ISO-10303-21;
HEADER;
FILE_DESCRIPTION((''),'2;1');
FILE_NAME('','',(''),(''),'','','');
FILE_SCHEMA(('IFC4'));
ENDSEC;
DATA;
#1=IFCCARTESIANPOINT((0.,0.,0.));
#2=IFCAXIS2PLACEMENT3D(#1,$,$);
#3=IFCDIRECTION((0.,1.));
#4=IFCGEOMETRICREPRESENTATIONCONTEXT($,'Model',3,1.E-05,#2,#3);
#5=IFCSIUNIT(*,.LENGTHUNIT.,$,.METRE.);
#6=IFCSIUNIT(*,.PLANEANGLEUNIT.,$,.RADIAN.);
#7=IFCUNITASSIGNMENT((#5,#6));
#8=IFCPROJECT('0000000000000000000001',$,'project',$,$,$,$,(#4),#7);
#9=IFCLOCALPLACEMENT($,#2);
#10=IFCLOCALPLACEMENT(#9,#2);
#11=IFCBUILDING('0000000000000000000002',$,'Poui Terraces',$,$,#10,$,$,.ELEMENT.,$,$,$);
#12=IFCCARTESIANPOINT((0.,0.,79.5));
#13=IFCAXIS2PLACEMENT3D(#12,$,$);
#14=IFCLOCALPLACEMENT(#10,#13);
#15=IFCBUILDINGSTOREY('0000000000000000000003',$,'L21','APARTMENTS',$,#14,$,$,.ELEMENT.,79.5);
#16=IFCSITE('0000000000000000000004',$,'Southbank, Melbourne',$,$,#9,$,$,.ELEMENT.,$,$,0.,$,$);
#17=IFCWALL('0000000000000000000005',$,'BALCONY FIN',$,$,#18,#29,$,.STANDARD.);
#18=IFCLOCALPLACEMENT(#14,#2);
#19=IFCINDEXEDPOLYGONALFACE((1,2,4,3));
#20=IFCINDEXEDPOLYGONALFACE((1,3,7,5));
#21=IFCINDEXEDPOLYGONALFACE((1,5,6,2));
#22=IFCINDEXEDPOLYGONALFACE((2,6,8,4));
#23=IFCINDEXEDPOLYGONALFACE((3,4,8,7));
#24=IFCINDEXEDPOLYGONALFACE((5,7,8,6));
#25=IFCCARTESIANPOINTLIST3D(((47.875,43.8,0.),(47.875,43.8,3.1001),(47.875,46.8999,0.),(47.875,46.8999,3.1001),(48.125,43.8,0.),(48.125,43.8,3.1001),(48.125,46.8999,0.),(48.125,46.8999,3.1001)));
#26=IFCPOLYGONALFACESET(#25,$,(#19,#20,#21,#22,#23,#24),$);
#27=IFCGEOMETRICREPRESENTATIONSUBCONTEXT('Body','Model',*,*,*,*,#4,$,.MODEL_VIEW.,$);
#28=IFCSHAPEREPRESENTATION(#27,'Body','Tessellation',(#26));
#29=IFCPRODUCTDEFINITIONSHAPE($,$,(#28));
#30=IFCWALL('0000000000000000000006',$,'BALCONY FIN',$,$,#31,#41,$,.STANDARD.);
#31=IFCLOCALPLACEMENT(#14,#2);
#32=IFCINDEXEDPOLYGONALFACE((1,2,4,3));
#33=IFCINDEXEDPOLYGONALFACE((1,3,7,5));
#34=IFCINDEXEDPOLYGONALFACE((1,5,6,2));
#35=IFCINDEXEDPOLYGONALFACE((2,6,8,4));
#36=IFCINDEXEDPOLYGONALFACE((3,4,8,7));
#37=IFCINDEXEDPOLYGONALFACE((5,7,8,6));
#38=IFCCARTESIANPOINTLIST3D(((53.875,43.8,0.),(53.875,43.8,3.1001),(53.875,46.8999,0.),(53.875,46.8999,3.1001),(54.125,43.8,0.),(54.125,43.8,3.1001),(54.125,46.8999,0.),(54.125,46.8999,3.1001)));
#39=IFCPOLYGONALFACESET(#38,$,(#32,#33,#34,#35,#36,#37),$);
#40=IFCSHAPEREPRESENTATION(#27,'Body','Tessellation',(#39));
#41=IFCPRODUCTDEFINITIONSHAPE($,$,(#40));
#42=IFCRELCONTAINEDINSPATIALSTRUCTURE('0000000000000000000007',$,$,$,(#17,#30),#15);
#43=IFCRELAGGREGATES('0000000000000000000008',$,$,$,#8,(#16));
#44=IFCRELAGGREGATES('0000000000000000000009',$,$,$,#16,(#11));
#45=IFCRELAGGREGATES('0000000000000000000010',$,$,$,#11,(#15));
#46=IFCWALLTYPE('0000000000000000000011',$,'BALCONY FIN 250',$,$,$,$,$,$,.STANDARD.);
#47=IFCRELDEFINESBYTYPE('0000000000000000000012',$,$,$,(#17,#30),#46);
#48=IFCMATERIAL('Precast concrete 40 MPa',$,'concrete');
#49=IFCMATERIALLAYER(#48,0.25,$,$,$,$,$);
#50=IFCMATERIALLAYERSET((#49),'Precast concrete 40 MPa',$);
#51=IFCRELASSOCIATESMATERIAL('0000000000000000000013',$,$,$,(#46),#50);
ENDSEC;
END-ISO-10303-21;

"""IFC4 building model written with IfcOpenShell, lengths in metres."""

from ifc_helpers import new_model, si_unit, direction, frame, origin, place, context, subcontext, project, spatial, polyline, outline, extrude, source, transform, mapped, material, layer, layer_set, type_object, element, save


model = new_model("IFC4")

# Units and contexts
model_context = context("Model", 3, precision=1e-05, world=origin(), true_north=direction((0.0, 1.0)))
body_context = subcontext(model_context, "Body", "Model", "MODEL_VIEW")
ifc_project = project(units=[si_unit("LENGTHUNIT", "METRE"), si_unit("PLANEANGLEUNIT", "RADIAN")], contexts=[model_context])

# Site, building, storey
site_placement = place(None, origin())
site = spatial("IfcSite", under=ifc_project, at=site_placement, Name="Southbank, Melbourne", CompositionType="ELEMENT", RefElevation=0.0)
building_placement = place(site_placement, origin())
building = spatial("IfcBuilding", under=site, at=building_placement, Name="Poui Terraces", CompositionType="ELEMENT")
storey_placement = place(building_placement, frame((0.0, 0.0, 79.5)))
storey = spatial("IfcBuildingStorey", under=building, at=storey_placement, Name="L21", Description="APARTMENTS", CompositionType="ELEMENT", Elevation=79.5)

# Walls
ifc_material_1 = material(Name="Precast concrete 40 MPa", Category="concrete")
ifc_layer_1 = layer(ifc_material_1, 0.25)
ifc_layer_set_1 = layer_set([ifc_layer_1], Name="Precast concrete 40 MPa")
wall_type_1 = type_object("IfcWallType", Name="BALCONY FIN 250", PredefinedType="STANDARD", material=ifc_layer_set_1)
shared_shape_1 = source(origin(), body_context, "Body", "SweptSolid", [
    extrude(outline(polyline([(0.0, 0.0), (0.25, 0.0), (0.25, 3.0999), (0.0, 3.0999), (0.0, 0.0)])), origin(), (0.0, 0.0, 1.0), 3.1001),
])
for number, where, name in (
    (1, (47.875, 43.8, 0.0), "BALCONY FIN"),
    (2, (53.875, 43.8, 0.0), "BALCONY FIN"),
):
    element("IfcWall", number, at=place(storey_placement, frame(where)), inside=storey, type_object=wall_type_1, Name=name, PredefinedType="STANDARD", context=body_context, shape_type="MappedRepresentation", body=[
        mapped(shared_shape_1, transform((0.0, 0.0, 0.0))),
    ])

save(model, "model.ifc")
